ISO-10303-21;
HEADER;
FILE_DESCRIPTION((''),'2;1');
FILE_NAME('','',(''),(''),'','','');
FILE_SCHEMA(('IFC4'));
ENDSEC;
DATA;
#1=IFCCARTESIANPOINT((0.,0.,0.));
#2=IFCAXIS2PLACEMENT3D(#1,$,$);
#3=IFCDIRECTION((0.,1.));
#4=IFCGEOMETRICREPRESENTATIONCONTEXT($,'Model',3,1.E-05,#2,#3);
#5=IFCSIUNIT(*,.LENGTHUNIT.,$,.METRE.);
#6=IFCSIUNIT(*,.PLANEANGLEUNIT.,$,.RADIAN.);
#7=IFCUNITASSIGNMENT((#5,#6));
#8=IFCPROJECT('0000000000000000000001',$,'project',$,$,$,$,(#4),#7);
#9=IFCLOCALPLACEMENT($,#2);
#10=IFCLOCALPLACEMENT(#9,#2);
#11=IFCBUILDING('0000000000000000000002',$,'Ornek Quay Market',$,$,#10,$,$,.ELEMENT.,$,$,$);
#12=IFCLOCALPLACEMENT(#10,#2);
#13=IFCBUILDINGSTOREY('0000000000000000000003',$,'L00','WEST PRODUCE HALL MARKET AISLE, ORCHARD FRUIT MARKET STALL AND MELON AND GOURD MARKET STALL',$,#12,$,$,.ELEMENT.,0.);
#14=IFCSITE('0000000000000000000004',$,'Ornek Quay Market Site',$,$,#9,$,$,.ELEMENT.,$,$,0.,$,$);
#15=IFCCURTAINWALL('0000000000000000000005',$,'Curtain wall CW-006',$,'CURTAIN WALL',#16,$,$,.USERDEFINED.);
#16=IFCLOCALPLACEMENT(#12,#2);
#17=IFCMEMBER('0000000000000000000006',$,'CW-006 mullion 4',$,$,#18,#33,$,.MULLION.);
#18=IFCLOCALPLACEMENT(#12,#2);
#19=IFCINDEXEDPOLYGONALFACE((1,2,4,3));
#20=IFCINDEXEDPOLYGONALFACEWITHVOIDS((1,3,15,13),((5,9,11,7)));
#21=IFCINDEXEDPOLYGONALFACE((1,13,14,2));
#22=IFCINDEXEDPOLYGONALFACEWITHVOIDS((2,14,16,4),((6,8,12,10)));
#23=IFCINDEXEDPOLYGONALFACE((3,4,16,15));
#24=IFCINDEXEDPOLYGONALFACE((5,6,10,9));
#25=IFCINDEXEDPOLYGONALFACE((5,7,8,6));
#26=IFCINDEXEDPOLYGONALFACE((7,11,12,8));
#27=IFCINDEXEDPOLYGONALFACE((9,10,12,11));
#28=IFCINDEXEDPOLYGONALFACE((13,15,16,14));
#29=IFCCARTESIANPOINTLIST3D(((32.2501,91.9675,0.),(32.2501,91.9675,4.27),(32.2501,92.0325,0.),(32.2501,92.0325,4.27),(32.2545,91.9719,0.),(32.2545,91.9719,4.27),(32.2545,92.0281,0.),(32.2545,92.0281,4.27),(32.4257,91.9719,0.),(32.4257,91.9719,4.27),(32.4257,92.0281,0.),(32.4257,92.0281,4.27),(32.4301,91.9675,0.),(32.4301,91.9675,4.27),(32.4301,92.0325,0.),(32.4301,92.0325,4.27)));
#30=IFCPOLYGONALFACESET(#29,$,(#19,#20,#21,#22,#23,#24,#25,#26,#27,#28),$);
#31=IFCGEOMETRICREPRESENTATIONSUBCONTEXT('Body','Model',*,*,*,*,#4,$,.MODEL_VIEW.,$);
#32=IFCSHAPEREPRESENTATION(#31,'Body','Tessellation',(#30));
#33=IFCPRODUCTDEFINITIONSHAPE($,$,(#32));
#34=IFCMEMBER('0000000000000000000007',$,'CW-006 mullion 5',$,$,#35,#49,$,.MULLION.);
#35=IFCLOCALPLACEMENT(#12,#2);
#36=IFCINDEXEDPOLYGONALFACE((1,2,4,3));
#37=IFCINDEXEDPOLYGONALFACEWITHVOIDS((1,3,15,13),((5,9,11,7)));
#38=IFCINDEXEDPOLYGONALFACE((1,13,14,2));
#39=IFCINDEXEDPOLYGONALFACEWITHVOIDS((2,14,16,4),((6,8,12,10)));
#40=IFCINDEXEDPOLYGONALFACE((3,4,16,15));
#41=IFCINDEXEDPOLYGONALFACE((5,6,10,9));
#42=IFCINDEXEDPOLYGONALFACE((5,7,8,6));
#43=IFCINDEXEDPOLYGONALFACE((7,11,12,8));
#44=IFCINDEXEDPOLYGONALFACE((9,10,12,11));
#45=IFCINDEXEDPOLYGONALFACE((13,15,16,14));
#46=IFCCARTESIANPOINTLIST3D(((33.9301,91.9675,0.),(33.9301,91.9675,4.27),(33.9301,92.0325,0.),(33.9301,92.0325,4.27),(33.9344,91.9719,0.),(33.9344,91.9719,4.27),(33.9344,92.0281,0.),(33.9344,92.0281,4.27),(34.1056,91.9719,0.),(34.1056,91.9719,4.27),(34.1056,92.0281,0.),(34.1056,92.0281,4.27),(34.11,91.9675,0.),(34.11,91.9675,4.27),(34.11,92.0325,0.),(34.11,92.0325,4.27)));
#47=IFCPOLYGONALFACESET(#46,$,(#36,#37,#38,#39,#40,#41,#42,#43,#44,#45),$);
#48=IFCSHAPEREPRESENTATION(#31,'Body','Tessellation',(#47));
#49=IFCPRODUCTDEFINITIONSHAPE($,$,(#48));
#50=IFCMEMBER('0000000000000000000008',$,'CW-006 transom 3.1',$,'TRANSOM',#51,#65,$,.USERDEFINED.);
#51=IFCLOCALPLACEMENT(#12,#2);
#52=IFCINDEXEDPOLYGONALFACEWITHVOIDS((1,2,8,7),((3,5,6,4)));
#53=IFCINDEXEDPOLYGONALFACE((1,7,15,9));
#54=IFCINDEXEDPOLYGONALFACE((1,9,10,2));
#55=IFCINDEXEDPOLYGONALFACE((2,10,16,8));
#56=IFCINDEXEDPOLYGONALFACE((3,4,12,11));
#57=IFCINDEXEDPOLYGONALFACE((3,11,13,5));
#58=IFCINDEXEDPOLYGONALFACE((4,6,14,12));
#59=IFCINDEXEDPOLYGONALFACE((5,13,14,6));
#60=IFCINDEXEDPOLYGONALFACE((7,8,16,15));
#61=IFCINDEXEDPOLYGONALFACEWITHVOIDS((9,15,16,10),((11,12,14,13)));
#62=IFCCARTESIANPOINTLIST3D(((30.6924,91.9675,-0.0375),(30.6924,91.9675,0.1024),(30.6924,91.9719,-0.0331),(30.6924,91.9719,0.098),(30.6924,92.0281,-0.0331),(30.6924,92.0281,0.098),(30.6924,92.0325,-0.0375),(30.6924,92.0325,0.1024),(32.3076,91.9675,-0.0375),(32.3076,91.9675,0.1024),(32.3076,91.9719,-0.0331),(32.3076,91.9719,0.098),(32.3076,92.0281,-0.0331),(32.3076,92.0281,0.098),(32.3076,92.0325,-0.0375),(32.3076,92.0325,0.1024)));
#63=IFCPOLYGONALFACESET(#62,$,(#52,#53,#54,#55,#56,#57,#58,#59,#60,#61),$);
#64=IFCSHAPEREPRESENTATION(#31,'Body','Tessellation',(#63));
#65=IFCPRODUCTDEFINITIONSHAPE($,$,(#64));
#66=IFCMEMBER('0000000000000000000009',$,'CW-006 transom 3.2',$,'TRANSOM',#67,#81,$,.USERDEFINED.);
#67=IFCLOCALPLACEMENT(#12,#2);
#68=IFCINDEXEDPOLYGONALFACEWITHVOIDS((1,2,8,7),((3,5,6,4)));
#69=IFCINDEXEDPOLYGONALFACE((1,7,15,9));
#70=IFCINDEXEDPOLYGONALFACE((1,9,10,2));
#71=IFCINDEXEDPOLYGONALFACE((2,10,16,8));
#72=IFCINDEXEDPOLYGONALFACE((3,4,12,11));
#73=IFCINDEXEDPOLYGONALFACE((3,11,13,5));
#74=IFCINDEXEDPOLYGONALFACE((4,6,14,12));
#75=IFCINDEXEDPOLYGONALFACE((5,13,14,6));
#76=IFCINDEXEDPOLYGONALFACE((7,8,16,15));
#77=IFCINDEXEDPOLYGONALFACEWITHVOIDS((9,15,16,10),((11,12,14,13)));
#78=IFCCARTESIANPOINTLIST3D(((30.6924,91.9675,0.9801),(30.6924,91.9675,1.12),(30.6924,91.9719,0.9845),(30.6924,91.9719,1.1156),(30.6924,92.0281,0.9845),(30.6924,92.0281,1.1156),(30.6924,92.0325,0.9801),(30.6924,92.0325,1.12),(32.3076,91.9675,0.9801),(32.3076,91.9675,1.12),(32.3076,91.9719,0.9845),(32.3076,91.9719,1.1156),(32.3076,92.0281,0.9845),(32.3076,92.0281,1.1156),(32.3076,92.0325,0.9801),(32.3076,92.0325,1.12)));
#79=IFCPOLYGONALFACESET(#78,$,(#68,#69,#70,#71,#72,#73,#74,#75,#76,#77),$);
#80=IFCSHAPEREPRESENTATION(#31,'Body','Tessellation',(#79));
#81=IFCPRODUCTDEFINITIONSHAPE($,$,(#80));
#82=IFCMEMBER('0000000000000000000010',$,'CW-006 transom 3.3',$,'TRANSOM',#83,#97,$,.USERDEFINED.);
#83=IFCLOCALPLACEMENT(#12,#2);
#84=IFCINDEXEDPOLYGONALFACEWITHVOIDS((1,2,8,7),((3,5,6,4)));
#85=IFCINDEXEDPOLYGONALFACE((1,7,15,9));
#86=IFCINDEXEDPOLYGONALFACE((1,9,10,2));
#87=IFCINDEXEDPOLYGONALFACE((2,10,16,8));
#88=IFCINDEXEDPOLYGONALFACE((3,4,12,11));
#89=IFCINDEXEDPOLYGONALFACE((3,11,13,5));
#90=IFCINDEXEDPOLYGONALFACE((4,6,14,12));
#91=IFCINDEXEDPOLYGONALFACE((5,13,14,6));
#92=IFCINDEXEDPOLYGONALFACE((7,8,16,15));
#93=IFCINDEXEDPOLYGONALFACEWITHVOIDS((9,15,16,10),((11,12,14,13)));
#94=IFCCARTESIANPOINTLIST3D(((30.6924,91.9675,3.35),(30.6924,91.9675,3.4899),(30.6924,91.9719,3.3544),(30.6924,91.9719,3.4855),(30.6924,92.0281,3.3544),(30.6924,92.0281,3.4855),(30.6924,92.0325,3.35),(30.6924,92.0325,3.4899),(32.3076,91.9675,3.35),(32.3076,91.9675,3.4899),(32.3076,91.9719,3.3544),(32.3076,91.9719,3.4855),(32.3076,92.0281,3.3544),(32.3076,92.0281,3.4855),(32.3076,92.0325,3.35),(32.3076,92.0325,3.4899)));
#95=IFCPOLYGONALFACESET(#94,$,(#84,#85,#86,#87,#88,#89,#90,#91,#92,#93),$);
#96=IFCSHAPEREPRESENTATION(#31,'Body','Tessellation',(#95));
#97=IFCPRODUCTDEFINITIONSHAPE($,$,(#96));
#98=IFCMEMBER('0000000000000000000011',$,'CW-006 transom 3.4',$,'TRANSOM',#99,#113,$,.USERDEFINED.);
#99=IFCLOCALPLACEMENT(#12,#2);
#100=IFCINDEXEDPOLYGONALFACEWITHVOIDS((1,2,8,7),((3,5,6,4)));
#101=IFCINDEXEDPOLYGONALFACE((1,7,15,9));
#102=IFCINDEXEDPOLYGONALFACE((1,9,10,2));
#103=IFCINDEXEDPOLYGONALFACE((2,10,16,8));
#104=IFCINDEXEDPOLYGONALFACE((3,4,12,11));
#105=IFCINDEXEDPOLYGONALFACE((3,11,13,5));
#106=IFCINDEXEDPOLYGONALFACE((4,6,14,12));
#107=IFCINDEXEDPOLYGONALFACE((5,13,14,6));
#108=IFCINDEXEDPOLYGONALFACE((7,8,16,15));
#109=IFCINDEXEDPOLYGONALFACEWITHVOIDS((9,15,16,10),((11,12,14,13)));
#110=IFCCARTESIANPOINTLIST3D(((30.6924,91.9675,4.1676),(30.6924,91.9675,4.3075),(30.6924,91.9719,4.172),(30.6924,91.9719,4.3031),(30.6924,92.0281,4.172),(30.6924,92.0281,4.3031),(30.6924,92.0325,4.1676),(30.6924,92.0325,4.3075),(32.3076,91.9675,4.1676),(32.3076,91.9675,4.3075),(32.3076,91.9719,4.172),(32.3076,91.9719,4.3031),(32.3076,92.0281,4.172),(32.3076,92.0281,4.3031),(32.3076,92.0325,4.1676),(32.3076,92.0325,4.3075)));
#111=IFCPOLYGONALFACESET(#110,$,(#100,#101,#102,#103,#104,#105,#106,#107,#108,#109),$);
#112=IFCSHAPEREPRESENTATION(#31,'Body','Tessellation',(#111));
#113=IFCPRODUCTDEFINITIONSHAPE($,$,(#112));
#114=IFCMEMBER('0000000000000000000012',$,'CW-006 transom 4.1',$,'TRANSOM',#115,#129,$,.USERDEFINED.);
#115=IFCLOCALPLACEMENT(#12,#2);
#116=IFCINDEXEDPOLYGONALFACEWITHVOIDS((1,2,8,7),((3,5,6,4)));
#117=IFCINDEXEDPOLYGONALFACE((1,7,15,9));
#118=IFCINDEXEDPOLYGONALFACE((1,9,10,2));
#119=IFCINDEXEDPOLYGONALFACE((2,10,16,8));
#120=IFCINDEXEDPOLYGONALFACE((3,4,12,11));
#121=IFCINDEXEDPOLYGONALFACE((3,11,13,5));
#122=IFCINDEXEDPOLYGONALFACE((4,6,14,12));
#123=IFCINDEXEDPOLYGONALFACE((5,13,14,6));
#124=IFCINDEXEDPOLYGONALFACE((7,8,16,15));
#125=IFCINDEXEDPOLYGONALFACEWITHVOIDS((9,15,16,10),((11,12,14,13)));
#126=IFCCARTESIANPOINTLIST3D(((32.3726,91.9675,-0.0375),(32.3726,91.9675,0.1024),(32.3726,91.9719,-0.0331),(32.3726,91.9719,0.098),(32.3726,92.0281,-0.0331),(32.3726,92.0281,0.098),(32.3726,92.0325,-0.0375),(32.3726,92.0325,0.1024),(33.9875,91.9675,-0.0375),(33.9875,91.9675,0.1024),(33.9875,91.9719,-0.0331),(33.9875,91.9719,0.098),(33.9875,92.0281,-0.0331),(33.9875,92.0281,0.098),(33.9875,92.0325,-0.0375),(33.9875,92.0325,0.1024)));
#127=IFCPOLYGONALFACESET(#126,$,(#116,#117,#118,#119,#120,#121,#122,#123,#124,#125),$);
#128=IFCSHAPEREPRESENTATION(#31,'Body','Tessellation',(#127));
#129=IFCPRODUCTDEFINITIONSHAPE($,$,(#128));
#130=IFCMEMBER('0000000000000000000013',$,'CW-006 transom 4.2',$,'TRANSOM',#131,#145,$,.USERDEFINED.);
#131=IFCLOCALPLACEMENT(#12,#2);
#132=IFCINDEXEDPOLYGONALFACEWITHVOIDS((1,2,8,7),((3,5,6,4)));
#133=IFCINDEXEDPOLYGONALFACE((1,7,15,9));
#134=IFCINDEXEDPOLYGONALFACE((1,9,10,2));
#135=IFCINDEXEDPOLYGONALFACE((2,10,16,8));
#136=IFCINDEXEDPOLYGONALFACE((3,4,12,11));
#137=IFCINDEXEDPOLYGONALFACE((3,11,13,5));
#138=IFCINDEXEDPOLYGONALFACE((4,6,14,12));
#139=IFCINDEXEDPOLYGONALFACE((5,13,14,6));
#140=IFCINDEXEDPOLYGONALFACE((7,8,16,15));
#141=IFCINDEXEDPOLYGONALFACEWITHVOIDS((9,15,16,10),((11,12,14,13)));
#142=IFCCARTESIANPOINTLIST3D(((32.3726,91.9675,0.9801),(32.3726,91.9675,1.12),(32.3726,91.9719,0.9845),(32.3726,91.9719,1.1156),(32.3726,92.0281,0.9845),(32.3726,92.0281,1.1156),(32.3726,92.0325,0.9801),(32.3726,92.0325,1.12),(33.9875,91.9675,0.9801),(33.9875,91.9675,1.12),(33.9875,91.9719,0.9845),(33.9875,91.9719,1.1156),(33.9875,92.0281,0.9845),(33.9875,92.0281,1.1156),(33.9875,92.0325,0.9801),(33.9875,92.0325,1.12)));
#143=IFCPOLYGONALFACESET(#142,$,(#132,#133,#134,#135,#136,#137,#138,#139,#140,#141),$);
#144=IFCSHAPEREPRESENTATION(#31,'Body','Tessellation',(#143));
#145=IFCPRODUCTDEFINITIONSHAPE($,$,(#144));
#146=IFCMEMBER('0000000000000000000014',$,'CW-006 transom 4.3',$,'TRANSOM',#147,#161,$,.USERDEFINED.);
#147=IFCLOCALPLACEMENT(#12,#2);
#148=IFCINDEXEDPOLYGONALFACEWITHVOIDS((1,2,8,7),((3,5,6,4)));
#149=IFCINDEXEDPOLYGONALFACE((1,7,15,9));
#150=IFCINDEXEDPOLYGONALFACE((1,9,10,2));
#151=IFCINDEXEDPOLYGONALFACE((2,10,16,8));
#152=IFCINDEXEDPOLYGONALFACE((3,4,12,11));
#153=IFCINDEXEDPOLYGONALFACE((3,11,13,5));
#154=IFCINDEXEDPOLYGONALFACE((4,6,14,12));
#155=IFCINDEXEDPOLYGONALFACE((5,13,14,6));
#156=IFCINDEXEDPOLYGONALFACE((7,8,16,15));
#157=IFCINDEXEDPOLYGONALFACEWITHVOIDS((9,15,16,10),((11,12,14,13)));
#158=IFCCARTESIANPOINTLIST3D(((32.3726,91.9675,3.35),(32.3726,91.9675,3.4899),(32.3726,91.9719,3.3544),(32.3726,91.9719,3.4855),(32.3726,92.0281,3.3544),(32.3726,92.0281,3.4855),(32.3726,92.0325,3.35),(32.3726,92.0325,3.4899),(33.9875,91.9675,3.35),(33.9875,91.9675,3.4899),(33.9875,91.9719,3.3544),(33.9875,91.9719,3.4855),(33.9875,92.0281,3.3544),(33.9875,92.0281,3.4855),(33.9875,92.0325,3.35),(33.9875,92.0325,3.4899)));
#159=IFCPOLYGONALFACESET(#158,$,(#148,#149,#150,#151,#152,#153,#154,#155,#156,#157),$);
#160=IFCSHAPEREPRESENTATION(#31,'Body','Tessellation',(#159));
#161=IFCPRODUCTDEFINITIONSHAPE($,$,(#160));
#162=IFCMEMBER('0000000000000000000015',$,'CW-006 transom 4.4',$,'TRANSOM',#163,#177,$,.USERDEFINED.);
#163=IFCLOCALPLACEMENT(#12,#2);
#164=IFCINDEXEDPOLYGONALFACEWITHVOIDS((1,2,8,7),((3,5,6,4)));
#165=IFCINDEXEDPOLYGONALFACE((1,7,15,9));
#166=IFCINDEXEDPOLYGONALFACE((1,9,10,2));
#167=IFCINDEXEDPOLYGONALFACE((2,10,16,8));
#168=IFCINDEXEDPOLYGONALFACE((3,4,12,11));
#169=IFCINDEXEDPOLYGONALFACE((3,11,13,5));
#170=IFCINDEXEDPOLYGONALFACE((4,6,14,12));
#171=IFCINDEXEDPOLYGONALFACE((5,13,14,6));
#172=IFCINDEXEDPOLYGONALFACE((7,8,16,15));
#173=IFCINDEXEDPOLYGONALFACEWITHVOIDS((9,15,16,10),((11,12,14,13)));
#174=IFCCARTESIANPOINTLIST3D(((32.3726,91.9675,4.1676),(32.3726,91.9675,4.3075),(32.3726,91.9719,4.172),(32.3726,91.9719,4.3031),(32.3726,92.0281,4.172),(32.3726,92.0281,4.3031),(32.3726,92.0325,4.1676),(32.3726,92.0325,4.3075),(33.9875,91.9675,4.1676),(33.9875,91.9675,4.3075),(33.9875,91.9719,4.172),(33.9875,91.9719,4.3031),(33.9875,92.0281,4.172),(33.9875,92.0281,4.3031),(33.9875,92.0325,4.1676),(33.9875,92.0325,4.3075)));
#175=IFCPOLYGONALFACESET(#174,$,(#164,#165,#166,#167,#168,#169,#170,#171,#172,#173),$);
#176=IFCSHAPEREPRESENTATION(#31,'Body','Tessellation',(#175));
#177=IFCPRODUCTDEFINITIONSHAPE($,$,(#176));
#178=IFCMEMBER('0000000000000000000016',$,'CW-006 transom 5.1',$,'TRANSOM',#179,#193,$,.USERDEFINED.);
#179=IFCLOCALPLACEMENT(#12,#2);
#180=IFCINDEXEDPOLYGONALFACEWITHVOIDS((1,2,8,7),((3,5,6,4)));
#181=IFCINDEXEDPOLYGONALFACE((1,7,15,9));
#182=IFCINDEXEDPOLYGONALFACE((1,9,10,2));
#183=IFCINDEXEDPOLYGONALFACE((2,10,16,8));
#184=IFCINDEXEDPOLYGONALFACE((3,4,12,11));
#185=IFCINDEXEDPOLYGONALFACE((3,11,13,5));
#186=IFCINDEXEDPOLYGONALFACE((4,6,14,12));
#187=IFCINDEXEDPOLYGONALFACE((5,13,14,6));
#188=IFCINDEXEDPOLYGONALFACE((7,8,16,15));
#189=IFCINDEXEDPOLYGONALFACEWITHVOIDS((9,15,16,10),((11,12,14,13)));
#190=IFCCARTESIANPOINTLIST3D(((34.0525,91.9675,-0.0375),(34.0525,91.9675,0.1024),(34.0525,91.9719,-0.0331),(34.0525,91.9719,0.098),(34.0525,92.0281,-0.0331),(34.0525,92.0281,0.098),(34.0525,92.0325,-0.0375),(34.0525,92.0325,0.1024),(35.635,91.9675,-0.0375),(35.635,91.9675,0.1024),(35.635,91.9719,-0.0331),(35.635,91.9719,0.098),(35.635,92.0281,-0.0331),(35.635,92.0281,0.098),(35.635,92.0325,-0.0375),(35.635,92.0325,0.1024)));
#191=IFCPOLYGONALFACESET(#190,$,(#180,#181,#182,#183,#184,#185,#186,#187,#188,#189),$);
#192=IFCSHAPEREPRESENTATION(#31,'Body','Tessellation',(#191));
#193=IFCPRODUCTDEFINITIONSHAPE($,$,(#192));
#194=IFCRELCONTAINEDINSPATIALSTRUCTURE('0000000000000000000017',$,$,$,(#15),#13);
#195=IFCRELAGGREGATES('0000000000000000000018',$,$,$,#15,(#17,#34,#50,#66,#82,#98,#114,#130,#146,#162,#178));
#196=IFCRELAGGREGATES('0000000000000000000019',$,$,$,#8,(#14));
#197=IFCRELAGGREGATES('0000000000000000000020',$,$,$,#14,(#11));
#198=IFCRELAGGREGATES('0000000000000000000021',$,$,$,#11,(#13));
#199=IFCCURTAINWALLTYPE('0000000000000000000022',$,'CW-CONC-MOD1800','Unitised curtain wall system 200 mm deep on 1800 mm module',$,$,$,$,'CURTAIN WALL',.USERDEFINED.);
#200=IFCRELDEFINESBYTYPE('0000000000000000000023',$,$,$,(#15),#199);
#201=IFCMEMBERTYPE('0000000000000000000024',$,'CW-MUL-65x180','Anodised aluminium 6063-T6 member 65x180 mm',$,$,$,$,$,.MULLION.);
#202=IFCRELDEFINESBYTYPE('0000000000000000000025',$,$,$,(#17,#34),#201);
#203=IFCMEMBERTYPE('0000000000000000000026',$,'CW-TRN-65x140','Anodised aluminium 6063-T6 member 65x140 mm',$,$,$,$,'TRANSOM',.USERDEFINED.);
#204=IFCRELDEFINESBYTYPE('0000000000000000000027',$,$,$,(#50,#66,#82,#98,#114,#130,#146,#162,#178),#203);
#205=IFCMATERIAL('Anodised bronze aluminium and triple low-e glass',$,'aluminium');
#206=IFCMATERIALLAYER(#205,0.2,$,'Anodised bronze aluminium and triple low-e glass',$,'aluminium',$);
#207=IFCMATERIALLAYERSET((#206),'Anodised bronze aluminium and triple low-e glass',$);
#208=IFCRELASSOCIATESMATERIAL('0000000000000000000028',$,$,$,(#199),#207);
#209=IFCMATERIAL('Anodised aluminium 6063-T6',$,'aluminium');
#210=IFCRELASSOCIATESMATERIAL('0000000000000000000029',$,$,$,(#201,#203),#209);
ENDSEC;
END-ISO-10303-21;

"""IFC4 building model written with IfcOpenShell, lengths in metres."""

from ifc_helpers import new_model, si_unit, direction, frame, origin, origin_2d, place, context, subcontext, project, spatial, hollow_rectangle, extrude, material, layer, layer_set, material_profile, profile_set, type_object, element, aggregate, save


model = new_model("IFC4")

# Units and contexts
model_context = context("Model", 3, precision=1e-05, world=origin(), true_north=direction((0.0, 1.0)))
body_context = subcontext(model_context, "Body", "Model", "MODEL_VIEW")
ifc_project = project(units=[si_unit("LENGTHUNIT", "METRE"), si_unit("PLANEANGLEUNIT", "RADIAN")], contexts=[model_context])

# Site, building, storey
site_placement = place(None, origin())
site = spatial("IfcSite", under=ifc_project, at=site_placement, Name="Ornek Quay Market Site", CompositionType="ELEMENT", RefElevation=0.0)
building_placement = place(site_placement, origin())
building = spatial("IfcBuilding", under=site, at=building_placement, Name="Ornek Quay Market", CompositionType="ELEMENT")
storey_placement = place(building_placement, origin())
storey = spatial("IfcBuildingStorey", under=building, at=storey_placement, Name="L00", Description="WEST PRODUCE HALL MARKET AISLE, ORCHARD FRUIT MARKET STALL AND MELON AND GOURD MARKET STALL", CompositionType="ELEMENT", Elevation=0.0)

# Curtain wall, members
ifc_material_1 = material(Name="Anodised bronze aluminium and triple low-e glass", Category="aluminium")
ifc_layer_1 = layer(ifc_material_1, 0.2, Name="Anodised bronze aluminium and triple low-e glass", Category="aluminium")
ifc_layer_set_1 = layer_set([ifc_layer_1], Name="Anodised bronze aluminium and triple low-e glass")
curtain_wall_type = type_object("IfcCurtainWallType", Name="CW-CONC-MOD1800", Description="Unitised curtain wall system 200 mm deep on 1800 mm module", ElementType="CURTAIN WALL", PredefinedType="USERDEFINED", material=ifc_layer_set_1)
curtain_wall_placement = place(storey_placement, origin())
curtain_wall = element("IfcCurtainWall", 1, at=curtain_wall_placement, inside=storey, type_object=curtain_wall_type, Name="Curtain wall CW-006", ObjectType="CURTAIN WALL", PredefinedType="USERDEFINED")
ifc_material_2 = material(Name="Anodised aluminium 6063-T6", Category="aluminium")
ifc_material_profile_1 = material_profile(ifc_material_2, hollow_rectangle(XDim=0.0649, YDim=0.1799, WallThickness=0.0044, at=origin_2d()), Name="CW-MUL-65x180", Category="aluminium")
ifc_profile_set_1 = profile_set([ifc_material_profile_1], Name="Anodised aluminium 6063-T6")
member_type_1 = type_object("IfcMemberType", Name="CW-MUL-65x180", Description="Anodised aluminium 6063-T6 member 65x180 mm", PredefinedType="MULLION", material=ifc_profile_set_1)
member_1_placement = place(storey_placement, frame((32.3401, 92.0, 0.0), z_axis=(0.0, 0.0, 1.0), x_axis=(0.0, 1.0, 0.0)))
member_1 = element("IfcMember", 2, at=member_1_placement, type_object=member_type_1, Name="CW-006 mullion 4", PredefinedType="MULLION", context=body_context, shape_type="SweptSolid", body=[
    extrude(hollow_rectangle(XDim=0.0649, YDim=0.1799, WallThickness=0.0044, at=origin_2d()), origin(), (0.0, 0.0, 1.0), 4.27),
])
member_2_placement = place(storey_placement, frame((34.02, 92.0, 0.0), z_axis=(0.0, 0.0, 1.0), x_axis=(0.0, 1.0, 0.0)))
member_2 = element("IfcMember", 3, at=member_2_placement, type_object=member_type_1, Name="CW-006 mullion 5", PredefinedType="MULLION", context=body_context, shape_type="SweptSolid", body=[
    extrude(hollow_rectangle(XDim=0.0649, YDim=0.1799, WallThickness=0.0044, at=origin_2d()), origin(), (0.0, 0.0, 1.0), 4.27),
])
ifc_material_profile_2 = material_profile(ifc_material_2, hollow_rectangle(XDim=0.0649, YDim=0.1399, WallThickness=0.0044, at=origin_2d()), Name="CW-TRN-65x140", Category="aluminium")
ifc_profile_set_2 = profile_set([ifc_material_profile_2], Name="Anodised aluminium 6063-T6")
member_type_2 = type_object("IfcMemberType", Name="CW-TRN-65x140", Description="Anodised aluminium 6063-T6 member 65x140 mm", ElementType="TRANSOM", PredefinedType="USERDEFINED", material=ifc_profile_set_2)
member_3_placement = place(storey_placement, frame((30.6924, 92.0, 0.0325), z_axis=(1.0, 0.0, 0.0), x_axis=(0.0, 1.0, 0.0)))
member_3 = element("IfcMember", 4, at=member_3_placement, type_object=member_type_2, Name="CW-006 transom 3.1", ObjectType="TRANSOM", PredefinedType="USERDEFINED", context=body_context, shape_type="SweptSolid", body=[
    extrude(hollow_rectangle(XDim=0.0649, YDim=0.1399, WallThickness=0.0044, at=origin_2d()), origin(), (0.0, 0.0, 1.0), 1.6152),
])
member_4_placement = place(storey_placement, frame((30.6924, 92.0, 1.05), z_axis=(1.0, 0.0, 0.0), x_axis=(0.0, 1.0, 0.0)))
member_4 = element("IfcMember", 5, at=member_4_placement, type_object=member_type_2, Name="CW-006 transom 3.2", ObjectType="TRANSOM", PredefinedType="USERDEFINED", context=body_context, shape_type="SweptSolid", body=[
    extrude(hollow_rectangle(XDim=0.0649, YDim=0.1399, WallThickness=0.0044, at=origin_2d()), origin(), (0.0, 0.0, 1.0), 1.6152),
])
member_5_placement = place(storey_placement, frame((30.6924, 92.0, 3.4199), z_axis=(1.0, 0.0, 0.0), x_axis=(0.0, 1.0, 0.0)))
member_5 = element("IfcMember", 6, at=member_5_placement, type_object=member_type_2, Name="CW-006 transom 3.3", ObjectType="TRANSOM", PredefinedType="USERDEFINED", context=body_context, shape_type="SweptSolid", body=[
    extrude(hollow_rectangle(XDim=0.0649, YDim=0.1399, WallThickness=0.0044, at=origin_2d()), origin(), (0.0, 0.0, 1.0), 1.6152),
])
member_6_placement = place(storey_placement, frame((30.6924, 92.0, 4.2375), z_axis=(1.0, 0.0, 0.0), x_axis=(0.0, 1.0, 0.0)))
member_6 = element("IfcMember", 7, at=member_6_placement, type_object=member_type_2, Name="CW-006 transom 3.4", ObjectType="TRANSOM", PredefinedType="USERDEFINED", context=body_context, shape_type="SweptSolid", body=[
    extrude(hollow_rectangle(XDim=0.0649, YDim=0.1399, WallThickness=0.0044, at=origin_2d()), origin(), (0.0, 0.0, 1.0), 1.6152),
])
member_7_placement = place(storey_placement, frame((32.3726, 92.0, 0.0325), z_axis=(1.0, 0.0, 0.0), x_axis=(0.0, 1.0, 0.0)))
member_7 = element("IfcMember", 8, at=member_7_placement, type_object=member_type_2, Name="CW-006 transom 4.1", ObjectType="TRANSOM", PredefinedType="USERDEFINED", context=body_context, shape_type="SweptSolid", body=[
    extrude(hollow_rectangle(XDim=0.0649, YDim=0.1399, WallThickness=0.0044, at=origin_2d()), origin(), (0.0, 0.0, 1.0), 1.615),
])
member_8_placement = place(storey_placement, frame((32.3726, 92.0, 1.05), z_axis=(1.0, 0.0, 0.0), x_axis=(0.0, 1.0, 0.0)))
member_8 = element("IfcMember", 9, at=member_8_placement, type_object=member_type_2, Name="CW-006 transom 4.2", ObjectType="TRANSOM", PredefinedType="USERDEFINED", context=body_context, shape_type="SweptSolid", body=[
    extrude(hollow_rectangle(XDim=0.0649, YDim=0.1399, WallThickness=0.0044, at=origin_2d()), origin(), (0.0, 0.0, 1.0), 1.615),
])
member_9_placement = place(storey_placement, frame((32.3726, 92.0, 3.4199), z_axis=(1.0, 0.0, 0.0), x_axis=(0.0, 1.0, 0.0)))
member_9 = element("IfcMember", 10, at=member_9_placement, type_object=member_type_2, Name="CW-006 transom 4.3", ObjectType="TRANSOM", PredefinedType="USERDEFINED", context=body_context, shape_type="SweptSolid", body=[
    extrude(hollow_rectangle(XDim=0.0649, YDim=0.1399, WallThickness=0.0044, at=origin_2d()), origin(), (0.0, 0.0, 1.0), 1.615),
])
member_10_placement = place(storey_placement, frame((32.3726, 92.0, 4.2375), z_axis=(1.0, 0.0, 0.0), x_axis=(0.0, 1.0, 0.0)))
member_10 = element("IfcMember", 11, at=member_10_placement, type_object=member_type_2, Name="CW-006 transom 4.4", ObjectType="TRANSOM", PredefinedType="USERDEFINED", context=body_context, shape_type="SweptSolid", body=[
    extrude(hollow_rectangle(XDim=0.0649, YDim=0.1399, WallThickness=0.0044, at=origin_2d()), origin(), (0.0, 0.0, 1.0), 1.615),
])
member_11_placement = place(storey_placement, frame((34.0525, 92.0, 0.0325), z_axis=(1.0, 0.0, 0.0), x_axis=(0.0, 1.0, 0.0)))
member_11 = element("IfcMember", 12, at=member_11_placement, type_object=member_type_2, Name="CW-006 transom 5.1", ObjectType="TRANSOM", PredefinedType="USERDEFINED", context=body_context, shape_type="SweptSolid", body=[
    extrude(hollow_rectangle(XDim=0.0649, YDim=0.1399, WallThickness=0.0044, at=origin_2d()), origin(), (0.0, 0.0, 1.0), 1.5825),
])
aggregate(curtain_wall, [member_1, member_2, member_3, member_4, member_5, member_6, member_7, member_8, member_9, member_10, member_11])

save(model, "model.ifc")
